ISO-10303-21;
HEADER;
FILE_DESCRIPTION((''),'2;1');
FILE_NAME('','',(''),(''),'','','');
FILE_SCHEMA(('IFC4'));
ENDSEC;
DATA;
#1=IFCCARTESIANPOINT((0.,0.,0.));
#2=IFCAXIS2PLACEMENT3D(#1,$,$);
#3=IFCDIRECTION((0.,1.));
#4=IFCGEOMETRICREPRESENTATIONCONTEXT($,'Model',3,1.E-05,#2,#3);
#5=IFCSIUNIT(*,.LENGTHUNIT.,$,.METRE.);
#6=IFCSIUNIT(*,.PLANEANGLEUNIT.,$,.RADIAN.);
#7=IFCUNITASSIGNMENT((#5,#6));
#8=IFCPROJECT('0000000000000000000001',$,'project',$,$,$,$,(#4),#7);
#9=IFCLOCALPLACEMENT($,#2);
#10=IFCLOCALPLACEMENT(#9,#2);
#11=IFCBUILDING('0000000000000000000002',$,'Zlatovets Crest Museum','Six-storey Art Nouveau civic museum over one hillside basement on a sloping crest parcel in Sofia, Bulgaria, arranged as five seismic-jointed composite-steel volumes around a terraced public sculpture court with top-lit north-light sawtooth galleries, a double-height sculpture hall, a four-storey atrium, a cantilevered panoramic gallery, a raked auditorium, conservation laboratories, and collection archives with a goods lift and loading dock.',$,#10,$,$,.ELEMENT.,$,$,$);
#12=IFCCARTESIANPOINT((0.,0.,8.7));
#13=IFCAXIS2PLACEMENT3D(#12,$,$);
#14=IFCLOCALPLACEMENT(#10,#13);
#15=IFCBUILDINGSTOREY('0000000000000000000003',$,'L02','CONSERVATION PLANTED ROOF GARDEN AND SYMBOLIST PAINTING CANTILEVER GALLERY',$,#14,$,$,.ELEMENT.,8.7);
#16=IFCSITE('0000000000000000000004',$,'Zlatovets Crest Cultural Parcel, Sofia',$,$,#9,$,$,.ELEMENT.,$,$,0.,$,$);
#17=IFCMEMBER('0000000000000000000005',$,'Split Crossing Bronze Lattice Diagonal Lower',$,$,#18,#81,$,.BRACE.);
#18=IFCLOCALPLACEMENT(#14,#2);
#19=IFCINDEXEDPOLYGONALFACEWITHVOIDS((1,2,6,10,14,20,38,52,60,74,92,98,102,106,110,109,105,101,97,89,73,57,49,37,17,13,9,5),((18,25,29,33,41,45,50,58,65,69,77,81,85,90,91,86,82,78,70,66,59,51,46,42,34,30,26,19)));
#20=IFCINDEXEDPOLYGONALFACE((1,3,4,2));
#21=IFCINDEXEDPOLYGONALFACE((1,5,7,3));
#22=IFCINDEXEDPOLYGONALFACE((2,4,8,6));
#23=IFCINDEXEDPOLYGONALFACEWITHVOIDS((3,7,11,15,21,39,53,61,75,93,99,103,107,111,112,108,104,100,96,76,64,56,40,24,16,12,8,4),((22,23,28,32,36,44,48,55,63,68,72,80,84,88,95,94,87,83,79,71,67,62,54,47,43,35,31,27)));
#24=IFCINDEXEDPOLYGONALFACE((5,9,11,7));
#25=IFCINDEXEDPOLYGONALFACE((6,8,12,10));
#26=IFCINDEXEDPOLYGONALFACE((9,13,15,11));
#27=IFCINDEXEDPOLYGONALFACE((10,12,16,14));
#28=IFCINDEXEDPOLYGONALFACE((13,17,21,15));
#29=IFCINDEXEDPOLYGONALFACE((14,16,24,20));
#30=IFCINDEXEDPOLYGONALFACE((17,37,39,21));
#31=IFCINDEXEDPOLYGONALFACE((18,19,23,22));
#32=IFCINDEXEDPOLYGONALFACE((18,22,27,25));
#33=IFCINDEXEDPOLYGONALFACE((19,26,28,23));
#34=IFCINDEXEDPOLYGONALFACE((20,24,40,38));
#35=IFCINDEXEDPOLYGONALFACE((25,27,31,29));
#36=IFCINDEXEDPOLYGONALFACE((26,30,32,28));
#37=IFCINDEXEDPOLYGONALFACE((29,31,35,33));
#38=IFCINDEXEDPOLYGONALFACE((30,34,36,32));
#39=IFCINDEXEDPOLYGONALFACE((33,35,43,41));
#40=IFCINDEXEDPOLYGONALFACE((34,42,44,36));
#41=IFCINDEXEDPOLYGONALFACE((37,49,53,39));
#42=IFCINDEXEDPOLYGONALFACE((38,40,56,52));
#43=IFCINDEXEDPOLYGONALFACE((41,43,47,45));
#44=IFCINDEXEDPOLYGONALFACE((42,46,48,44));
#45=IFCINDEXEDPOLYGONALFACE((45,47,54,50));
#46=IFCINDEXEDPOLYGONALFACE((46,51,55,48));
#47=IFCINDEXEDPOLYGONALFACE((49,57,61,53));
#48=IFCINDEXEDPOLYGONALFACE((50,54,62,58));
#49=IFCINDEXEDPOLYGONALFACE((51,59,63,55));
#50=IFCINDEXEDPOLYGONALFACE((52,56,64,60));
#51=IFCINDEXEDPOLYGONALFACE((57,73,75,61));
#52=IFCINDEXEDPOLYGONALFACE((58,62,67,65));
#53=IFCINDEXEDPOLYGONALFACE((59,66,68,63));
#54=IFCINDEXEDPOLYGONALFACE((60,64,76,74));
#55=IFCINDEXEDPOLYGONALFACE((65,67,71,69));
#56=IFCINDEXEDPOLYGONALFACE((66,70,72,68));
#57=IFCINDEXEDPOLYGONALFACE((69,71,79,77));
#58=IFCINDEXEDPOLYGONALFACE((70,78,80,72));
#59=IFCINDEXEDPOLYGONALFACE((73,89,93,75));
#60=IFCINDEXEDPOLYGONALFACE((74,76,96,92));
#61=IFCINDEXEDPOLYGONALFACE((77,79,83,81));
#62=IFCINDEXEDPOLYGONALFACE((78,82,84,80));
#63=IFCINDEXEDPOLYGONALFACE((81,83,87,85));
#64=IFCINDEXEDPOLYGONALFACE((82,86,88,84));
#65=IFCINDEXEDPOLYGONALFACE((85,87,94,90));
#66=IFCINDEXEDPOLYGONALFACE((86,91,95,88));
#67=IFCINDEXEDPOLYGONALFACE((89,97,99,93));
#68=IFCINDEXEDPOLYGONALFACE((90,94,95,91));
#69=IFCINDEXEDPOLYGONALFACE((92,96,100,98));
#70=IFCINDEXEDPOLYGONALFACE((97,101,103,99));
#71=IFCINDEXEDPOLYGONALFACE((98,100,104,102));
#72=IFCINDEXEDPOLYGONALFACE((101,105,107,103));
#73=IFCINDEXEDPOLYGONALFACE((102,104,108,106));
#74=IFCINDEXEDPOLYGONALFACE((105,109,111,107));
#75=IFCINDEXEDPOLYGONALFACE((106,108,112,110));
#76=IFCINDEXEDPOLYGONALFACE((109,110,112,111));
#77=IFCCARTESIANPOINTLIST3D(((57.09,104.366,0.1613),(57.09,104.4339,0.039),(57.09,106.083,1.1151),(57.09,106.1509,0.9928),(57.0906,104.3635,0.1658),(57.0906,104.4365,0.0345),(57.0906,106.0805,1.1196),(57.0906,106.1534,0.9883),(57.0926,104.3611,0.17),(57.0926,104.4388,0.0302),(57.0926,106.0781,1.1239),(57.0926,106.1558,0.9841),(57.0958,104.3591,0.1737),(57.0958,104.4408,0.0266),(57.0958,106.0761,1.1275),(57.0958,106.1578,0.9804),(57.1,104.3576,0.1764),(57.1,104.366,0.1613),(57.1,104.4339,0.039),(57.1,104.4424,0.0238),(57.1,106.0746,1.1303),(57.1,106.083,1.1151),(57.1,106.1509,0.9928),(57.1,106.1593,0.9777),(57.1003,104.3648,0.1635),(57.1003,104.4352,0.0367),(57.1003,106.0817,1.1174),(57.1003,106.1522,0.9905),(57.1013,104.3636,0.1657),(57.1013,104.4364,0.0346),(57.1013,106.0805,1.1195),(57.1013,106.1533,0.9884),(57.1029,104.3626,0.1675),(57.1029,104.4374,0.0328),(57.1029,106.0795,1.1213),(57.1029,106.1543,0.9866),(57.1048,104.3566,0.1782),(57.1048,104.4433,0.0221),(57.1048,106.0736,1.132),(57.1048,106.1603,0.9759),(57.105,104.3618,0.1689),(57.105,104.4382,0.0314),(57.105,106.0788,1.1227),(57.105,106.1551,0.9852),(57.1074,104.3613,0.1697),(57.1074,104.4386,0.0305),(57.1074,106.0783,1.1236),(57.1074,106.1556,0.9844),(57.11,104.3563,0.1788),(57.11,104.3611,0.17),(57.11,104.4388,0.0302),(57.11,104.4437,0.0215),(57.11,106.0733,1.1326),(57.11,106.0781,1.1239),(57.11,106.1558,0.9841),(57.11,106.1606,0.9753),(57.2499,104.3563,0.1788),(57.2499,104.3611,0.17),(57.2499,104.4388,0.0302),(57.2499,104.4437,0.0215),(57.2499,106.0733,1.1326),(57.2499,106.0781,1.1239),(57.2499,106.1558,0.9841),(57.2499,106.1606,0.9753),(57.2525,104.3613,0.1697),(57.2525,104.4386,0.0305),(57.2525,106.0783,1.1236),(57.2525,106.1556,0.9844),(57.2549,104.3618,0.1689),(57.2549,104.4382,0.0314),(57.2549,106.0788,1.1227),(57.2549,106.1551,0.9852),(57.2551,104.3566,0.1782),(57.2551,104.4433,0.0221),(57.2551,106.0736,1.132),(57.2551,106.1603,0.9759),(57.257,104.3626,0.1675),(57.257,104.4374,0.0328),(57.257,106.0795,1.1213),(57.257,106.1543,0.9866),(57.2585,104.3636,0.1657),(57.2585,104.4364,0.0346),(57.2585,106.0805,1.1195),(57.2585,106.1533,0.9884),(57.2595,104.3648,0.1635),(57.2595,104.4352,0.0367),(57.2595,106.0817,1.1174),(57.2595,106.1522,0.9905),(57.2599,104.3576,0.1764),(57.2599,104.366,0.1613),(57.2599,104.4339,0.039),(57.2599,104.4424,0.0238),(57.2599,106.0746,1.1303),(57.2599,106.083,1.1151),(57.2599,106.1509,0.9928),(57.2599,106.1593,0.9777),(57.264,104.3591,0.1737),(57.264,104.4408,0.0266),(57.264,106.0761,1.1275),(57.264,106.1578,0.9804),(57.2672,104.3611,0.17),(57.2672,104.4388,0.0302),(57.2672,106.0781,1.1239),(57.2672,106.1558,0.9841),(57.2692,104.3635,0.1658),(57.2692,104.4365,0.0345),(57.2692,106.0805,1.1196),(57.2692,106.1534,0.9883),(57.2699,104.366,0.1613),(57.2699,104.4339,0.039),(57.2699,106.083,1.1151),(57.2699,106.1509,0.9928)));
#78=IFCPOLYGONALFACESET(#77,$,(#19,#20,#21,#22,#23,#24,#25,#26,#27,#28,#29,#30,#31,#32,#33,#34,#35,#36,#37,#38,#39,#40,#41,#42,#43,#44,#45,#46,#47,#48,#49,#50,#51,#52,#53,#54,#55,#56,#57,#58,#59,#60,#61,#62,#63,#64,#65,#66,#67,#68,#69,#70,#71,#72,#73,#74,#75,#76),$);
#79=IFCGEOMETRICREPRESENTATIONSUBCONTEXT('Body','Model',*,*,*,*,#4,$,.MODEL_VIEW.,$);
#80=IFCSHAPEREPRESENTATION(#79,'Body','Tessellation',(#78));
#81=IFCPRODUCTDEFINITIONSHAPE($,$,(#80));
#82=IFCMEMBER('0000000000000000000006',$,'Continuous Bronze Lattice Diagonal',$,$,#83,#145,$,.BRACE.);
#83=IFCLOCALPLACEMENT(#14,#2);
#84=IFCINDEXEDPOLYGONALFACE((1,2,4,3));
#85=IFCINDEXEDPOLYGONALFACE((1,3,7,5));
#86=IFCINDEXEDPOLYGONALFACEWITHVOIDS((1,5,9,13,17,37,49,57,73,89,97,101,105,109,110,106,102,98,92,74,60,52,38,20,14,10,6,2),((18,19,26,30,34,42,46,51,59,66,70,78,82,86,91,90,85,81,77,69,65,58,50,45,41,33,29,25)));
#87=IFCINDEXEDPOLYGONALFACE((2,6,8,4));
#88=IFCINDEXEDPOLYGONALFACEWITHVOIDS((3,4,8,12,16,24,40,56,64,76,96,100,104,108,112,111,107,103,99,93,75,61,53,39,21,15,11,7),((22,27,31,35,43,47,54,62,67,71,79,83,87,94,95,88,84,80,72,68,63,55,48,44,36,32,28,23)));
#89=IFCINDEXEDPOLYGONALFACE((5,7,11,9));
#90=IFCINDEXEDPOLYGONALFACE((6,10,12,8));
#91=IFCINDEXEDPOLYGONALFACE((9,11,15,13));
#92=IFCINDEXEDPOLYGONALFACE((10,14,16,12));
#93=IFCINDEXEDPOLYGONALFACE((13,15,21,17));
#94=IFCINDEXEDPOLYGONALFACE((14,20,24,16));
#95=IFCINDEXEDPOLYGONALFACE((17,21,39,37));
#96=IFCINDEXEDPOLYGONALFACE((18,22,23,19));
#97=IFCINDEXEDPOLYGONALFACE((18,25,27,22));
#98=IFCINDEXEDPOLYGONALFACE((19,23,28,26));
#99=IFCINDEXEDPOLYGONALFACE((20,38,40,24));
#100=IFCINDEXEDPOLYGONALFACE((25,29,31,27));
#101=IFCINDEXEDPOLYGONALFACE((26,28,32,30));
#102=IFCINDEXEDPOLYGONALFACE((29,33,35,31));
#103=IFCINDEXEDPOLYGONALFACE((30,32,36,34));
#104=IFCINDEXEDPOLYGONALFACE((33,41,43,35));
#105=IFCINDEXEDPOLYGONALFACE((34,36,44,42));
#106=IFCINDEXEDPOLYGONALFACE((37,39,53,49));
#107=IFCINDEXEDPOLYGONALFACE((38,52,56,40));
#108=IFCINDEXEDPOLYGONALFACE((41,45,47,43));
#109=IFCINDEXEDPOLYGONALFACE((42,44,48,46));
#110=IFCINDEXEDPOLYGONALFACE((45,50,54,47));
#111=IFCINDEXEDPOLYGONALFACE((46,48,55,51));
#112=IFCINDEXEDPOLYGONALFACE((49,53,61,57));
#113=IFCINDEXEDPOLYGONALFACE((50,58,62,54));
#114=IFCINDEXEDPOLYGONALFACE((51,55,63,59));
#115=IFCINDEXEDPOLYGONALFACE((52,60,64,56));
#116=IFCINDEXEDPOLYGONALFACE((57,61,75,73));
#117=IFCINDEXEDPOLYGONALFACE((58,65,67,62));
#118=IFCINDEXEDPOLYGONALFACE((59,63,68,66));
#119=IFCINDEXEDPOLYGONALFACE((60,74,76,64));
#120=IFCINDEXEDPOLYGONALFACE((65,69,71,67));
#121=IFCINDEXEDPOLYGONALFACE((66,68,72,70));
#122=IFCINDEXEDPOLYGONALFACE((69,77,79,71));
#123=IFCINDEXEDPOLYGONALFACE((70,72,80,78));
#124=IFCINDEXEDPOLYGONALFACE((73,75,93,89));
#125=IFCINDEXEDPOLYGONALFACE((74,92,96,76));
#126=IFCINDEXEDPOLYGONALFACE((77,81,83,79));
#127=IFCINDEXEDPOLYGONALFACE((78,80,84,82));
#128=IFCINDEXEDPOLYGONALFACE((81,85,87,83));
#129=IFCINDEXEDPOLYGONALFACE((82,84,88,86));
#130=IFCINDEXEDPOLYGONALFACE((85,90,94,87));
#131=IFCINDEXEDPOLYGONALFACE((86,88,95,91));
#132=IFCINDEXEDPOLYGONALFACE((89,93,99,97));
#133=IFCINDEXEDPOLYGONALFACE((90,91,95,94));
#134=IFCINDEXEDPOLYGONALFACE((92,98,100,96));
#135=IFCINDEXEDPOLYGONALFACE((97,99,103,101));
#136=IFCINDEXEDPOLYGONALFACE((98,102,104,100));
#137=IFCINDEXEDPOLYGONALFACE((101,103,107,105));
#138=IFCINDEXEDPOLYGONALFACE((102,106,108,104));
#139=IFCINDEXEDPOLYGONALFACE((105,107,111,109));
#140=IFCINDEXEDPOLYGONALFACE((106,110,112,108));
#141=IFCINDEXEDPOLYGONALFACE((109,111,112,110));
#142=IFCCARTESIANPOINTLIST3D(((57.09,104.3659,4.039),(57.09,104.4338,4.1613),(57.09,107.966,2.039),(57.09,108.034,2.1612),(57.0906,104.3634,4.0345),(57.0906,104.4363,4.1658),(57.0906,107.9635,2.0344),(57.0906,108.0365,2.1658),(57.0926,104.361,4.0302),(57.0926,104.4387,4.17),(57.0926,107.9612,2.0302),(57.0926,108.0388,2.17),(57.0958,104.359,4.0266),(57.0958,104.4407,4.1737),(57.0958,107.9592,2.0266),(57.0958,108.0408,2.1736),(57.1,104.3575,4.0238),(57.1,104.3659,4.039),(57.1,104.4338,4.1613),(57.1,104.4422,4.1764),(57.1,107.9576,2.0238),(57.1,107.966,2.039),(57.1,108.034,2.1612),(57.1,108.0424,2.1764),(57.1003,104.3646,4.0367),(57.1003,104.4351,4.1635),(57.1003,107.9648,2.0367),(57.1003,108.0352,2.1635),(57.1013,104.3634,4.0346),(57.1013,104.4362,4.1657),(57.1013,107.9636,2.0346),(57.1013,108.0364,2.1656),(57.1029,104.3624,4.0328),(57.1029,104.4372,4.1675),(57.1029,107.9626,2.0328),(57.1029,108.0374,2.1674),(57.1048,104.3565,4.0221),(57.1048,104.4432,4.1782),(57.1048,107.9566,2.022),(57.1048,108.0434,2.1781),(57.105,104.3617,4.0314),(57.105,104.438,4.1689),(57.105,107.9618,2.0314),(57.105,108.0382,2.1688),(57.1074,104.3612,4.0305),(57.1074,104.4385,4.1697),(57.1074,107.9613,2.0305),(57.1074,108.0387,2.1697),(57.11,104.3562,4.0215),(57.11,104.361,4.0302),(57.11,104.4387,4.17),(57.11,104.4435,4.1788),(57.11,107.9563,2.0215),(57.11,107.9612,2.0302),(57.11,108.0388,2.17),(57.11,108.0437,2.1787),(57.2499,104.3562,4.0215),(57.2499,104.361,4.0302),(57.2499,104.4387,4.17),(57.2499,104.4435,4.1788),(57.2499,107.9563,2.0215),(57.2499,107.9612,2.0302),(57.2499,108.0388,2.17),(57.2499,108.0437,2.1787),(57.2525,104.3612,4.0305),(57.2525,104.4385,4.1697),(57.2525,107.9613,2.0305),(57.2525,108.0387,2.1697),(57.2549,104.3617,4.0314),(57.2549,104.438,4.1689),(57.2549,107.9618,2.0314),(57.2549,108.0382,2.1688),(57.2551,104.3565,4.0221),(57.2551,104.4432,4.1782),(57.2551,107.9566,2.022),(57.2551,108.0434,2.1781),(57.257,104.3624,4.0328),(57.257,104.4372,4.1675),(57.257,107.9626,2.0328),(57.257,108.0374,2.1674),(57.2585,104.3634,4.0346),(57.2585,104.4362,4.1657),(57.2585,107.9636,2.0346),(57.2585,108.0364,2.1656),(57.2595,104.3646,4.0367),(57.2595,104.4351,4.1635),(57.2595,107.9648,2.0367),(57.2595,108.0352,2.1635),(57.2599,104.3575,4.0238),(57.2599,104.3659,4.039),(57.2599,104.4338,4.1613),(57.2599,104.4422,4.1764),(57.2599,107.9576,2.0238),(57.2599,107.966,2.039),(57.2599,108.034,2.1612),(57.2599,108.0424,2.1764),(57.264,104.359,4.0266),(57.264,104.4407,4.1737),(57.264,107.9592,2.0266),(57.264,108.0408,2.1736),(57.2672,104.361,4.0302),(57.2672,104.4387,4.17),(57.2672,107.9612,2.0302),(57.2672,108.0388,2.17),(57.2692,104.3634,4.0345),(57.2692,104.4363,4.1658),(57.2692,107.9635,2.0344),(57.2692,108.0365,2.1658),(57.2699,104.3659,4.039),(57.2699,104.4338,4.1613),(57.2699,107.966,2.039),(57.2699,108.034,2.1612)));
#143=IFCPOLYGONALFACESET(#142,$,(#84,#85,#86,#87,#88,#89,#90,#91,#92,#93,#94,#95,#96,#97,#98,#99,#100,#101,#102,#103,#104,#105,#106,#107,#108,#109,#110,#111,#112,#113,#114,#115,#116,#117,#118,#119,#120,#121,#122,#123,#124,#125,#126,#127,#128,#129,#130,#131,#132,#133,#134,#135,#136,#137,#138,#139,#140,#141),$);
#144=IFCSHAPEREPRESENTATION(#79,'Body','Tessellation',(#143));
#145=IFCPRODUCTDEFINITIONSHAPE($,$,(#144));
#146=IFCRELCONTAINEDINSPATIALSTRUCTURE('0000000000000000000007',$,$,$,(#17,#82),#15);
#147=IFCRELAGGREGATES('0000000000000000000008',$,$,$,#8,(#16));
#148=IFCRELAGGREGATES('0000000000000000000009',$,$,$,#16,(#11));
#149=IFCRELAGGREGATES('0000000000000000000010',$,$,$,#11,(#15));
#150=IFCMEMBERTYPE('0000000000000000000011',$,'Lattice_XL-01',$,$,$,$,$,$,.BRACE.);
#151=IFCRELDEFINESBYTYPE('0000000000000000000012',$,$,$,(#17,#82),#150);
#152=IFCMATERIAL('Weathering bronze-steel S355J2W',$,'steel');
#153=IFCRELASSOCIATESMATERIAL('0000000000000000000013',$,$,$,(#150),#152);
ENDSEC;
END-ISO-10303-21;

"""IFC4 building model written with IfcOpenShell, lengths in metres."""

from ifc_helpers import new_model, si_unit, direction, frame, origin, origin_2d, place, context, subcontext, project, spatial, hollow_rectangle, extrude, material, material_profile, profile_set, type_object, element, save


model = new_model("IFC4")

# Units and contexts
model_context = context("Model", 3, precision=1e-05, world=origin(), true_north=direction((0.0, 1.0)))
body_context = subcontext(model_context, "Body", "Model", "MODEL_VIEW")
ifc_project = project(units=[si_unit("LENGTHUNIT", "METRE"), si_unit("PLANEANGLEUNIT", "RADIAN")], contexts=[model_context])

# Site, building, storey
site_placement = place(None, origin())
site = spatial("IfcSite", under=ifc_project, at=site_placement, Name="Zlatovets Crest Cultural Parcel, Sofia", CompositionType="ELEMENT", RefElevation=0.0)
building_placement = place(site_placement, origin())
building = spatial("IfcBuilding", under=site, at=building_placement, Name="Zlatovets Crest Museum", Description="Six-storey Art Nouveau civic museum over one hillside basement on a sloping crest parcel in Sofia, Bulgaria, arranged as five seismic-jointed composite-steel volumes around a terraced public sculpture court with top-lit north-light sawtooth galleries, a double-height sculpture hall, a four-storey atrium, a cantilevered panoramic gallery, a raked auditorium, conservation laboratories, and collection archives with a goods lift and loading dock.", CompositionType="ELEMENT")
storey_placement = place(building_placement, frame((0.0, 0.0, 8.7)))
storey = spatial("IfcBuildingStorey", under=building, at=storey_placement, Name="L02", Description="CONSERVATION PLANTED ROOF GARDEN AND SYMBOLIST PAINTING CANTILEVER GALLERY", CompositionType="ELEMENT", Elevation=8.7)

# Members
ifc_material_1 = material(Name="Weathering bronze-steel S355J2W", Category="steel")
ifc_material_profile_1 = material_profile(ifc_material_1, hollow_rectangle(XDim=0.1799, YDim=0.1799, WallThickness=0.01, InnerFilletRadius=0.01, OuterFilletRadius=0.02, at=origin_2d()), Name="SHS 180x180x10.0")
ifc_profile_set_1 = profile_set([ifc_material_profile_1], Name="Weathering bronze-steel S355J2W")
member_type_1 = type_object("IfcMemberType", Name="Lattice_XL-01", PredefinedType="BRACE", material=ifc_profile_set_1)
for number, where, z_axis, x_axis, name in (
    (1, (57.1799, 106.1169, 1.054), (0.0, -0.874169, -0.485622), (1.0, 0.0, 0.0), "Split Crossing Bronze Lattice Diagonal Lower"),
):
    element("IfcMember", number, at=place(storey_placement, frame(where, z_axis=z_axis, x_axis=x_axis)), inside=storey, type_object=member_type_1, Name=name, PredefinedType="BRACE", context=body_context, shape_type="SweptSolid", body=[
        extrude(hollow_rectangle(XDim=0.1799, YDim=0.1799, WallThickness=0.01, InnerFilletRadius=0.01, OuterFilletRadius=0.02, at=origin_2d()), origin(), (0.0, 0.0, 1.0), 1.9641),
    ])
member_1_placement = place(storey_placement, frame((57.1799, 108.0, 2.1001), z_axis=(0.0, -0.874163, 0.485633), x_axis=(1.0, 0.0, 0.0)))
element("IfcMember", 2, at=member_1_placement, inside=storey, type_object=member_type_1, Name="Continuous Bronze Lattice Diagonal", PredefinedType="BRACE", context=body_context, shape_type="SweptSolid", body=[
    extrude(hollow_rectangle(XDim=0.1799, YDim=0.1799, WallThickness=0.01, InnerFilletRadius=0.01, OuterFilletRadius=0.02, at=origin_2d()), origin(), (0.0, 0.0, 1.0), 4.1184),
])

save(model, "model.ifc")
